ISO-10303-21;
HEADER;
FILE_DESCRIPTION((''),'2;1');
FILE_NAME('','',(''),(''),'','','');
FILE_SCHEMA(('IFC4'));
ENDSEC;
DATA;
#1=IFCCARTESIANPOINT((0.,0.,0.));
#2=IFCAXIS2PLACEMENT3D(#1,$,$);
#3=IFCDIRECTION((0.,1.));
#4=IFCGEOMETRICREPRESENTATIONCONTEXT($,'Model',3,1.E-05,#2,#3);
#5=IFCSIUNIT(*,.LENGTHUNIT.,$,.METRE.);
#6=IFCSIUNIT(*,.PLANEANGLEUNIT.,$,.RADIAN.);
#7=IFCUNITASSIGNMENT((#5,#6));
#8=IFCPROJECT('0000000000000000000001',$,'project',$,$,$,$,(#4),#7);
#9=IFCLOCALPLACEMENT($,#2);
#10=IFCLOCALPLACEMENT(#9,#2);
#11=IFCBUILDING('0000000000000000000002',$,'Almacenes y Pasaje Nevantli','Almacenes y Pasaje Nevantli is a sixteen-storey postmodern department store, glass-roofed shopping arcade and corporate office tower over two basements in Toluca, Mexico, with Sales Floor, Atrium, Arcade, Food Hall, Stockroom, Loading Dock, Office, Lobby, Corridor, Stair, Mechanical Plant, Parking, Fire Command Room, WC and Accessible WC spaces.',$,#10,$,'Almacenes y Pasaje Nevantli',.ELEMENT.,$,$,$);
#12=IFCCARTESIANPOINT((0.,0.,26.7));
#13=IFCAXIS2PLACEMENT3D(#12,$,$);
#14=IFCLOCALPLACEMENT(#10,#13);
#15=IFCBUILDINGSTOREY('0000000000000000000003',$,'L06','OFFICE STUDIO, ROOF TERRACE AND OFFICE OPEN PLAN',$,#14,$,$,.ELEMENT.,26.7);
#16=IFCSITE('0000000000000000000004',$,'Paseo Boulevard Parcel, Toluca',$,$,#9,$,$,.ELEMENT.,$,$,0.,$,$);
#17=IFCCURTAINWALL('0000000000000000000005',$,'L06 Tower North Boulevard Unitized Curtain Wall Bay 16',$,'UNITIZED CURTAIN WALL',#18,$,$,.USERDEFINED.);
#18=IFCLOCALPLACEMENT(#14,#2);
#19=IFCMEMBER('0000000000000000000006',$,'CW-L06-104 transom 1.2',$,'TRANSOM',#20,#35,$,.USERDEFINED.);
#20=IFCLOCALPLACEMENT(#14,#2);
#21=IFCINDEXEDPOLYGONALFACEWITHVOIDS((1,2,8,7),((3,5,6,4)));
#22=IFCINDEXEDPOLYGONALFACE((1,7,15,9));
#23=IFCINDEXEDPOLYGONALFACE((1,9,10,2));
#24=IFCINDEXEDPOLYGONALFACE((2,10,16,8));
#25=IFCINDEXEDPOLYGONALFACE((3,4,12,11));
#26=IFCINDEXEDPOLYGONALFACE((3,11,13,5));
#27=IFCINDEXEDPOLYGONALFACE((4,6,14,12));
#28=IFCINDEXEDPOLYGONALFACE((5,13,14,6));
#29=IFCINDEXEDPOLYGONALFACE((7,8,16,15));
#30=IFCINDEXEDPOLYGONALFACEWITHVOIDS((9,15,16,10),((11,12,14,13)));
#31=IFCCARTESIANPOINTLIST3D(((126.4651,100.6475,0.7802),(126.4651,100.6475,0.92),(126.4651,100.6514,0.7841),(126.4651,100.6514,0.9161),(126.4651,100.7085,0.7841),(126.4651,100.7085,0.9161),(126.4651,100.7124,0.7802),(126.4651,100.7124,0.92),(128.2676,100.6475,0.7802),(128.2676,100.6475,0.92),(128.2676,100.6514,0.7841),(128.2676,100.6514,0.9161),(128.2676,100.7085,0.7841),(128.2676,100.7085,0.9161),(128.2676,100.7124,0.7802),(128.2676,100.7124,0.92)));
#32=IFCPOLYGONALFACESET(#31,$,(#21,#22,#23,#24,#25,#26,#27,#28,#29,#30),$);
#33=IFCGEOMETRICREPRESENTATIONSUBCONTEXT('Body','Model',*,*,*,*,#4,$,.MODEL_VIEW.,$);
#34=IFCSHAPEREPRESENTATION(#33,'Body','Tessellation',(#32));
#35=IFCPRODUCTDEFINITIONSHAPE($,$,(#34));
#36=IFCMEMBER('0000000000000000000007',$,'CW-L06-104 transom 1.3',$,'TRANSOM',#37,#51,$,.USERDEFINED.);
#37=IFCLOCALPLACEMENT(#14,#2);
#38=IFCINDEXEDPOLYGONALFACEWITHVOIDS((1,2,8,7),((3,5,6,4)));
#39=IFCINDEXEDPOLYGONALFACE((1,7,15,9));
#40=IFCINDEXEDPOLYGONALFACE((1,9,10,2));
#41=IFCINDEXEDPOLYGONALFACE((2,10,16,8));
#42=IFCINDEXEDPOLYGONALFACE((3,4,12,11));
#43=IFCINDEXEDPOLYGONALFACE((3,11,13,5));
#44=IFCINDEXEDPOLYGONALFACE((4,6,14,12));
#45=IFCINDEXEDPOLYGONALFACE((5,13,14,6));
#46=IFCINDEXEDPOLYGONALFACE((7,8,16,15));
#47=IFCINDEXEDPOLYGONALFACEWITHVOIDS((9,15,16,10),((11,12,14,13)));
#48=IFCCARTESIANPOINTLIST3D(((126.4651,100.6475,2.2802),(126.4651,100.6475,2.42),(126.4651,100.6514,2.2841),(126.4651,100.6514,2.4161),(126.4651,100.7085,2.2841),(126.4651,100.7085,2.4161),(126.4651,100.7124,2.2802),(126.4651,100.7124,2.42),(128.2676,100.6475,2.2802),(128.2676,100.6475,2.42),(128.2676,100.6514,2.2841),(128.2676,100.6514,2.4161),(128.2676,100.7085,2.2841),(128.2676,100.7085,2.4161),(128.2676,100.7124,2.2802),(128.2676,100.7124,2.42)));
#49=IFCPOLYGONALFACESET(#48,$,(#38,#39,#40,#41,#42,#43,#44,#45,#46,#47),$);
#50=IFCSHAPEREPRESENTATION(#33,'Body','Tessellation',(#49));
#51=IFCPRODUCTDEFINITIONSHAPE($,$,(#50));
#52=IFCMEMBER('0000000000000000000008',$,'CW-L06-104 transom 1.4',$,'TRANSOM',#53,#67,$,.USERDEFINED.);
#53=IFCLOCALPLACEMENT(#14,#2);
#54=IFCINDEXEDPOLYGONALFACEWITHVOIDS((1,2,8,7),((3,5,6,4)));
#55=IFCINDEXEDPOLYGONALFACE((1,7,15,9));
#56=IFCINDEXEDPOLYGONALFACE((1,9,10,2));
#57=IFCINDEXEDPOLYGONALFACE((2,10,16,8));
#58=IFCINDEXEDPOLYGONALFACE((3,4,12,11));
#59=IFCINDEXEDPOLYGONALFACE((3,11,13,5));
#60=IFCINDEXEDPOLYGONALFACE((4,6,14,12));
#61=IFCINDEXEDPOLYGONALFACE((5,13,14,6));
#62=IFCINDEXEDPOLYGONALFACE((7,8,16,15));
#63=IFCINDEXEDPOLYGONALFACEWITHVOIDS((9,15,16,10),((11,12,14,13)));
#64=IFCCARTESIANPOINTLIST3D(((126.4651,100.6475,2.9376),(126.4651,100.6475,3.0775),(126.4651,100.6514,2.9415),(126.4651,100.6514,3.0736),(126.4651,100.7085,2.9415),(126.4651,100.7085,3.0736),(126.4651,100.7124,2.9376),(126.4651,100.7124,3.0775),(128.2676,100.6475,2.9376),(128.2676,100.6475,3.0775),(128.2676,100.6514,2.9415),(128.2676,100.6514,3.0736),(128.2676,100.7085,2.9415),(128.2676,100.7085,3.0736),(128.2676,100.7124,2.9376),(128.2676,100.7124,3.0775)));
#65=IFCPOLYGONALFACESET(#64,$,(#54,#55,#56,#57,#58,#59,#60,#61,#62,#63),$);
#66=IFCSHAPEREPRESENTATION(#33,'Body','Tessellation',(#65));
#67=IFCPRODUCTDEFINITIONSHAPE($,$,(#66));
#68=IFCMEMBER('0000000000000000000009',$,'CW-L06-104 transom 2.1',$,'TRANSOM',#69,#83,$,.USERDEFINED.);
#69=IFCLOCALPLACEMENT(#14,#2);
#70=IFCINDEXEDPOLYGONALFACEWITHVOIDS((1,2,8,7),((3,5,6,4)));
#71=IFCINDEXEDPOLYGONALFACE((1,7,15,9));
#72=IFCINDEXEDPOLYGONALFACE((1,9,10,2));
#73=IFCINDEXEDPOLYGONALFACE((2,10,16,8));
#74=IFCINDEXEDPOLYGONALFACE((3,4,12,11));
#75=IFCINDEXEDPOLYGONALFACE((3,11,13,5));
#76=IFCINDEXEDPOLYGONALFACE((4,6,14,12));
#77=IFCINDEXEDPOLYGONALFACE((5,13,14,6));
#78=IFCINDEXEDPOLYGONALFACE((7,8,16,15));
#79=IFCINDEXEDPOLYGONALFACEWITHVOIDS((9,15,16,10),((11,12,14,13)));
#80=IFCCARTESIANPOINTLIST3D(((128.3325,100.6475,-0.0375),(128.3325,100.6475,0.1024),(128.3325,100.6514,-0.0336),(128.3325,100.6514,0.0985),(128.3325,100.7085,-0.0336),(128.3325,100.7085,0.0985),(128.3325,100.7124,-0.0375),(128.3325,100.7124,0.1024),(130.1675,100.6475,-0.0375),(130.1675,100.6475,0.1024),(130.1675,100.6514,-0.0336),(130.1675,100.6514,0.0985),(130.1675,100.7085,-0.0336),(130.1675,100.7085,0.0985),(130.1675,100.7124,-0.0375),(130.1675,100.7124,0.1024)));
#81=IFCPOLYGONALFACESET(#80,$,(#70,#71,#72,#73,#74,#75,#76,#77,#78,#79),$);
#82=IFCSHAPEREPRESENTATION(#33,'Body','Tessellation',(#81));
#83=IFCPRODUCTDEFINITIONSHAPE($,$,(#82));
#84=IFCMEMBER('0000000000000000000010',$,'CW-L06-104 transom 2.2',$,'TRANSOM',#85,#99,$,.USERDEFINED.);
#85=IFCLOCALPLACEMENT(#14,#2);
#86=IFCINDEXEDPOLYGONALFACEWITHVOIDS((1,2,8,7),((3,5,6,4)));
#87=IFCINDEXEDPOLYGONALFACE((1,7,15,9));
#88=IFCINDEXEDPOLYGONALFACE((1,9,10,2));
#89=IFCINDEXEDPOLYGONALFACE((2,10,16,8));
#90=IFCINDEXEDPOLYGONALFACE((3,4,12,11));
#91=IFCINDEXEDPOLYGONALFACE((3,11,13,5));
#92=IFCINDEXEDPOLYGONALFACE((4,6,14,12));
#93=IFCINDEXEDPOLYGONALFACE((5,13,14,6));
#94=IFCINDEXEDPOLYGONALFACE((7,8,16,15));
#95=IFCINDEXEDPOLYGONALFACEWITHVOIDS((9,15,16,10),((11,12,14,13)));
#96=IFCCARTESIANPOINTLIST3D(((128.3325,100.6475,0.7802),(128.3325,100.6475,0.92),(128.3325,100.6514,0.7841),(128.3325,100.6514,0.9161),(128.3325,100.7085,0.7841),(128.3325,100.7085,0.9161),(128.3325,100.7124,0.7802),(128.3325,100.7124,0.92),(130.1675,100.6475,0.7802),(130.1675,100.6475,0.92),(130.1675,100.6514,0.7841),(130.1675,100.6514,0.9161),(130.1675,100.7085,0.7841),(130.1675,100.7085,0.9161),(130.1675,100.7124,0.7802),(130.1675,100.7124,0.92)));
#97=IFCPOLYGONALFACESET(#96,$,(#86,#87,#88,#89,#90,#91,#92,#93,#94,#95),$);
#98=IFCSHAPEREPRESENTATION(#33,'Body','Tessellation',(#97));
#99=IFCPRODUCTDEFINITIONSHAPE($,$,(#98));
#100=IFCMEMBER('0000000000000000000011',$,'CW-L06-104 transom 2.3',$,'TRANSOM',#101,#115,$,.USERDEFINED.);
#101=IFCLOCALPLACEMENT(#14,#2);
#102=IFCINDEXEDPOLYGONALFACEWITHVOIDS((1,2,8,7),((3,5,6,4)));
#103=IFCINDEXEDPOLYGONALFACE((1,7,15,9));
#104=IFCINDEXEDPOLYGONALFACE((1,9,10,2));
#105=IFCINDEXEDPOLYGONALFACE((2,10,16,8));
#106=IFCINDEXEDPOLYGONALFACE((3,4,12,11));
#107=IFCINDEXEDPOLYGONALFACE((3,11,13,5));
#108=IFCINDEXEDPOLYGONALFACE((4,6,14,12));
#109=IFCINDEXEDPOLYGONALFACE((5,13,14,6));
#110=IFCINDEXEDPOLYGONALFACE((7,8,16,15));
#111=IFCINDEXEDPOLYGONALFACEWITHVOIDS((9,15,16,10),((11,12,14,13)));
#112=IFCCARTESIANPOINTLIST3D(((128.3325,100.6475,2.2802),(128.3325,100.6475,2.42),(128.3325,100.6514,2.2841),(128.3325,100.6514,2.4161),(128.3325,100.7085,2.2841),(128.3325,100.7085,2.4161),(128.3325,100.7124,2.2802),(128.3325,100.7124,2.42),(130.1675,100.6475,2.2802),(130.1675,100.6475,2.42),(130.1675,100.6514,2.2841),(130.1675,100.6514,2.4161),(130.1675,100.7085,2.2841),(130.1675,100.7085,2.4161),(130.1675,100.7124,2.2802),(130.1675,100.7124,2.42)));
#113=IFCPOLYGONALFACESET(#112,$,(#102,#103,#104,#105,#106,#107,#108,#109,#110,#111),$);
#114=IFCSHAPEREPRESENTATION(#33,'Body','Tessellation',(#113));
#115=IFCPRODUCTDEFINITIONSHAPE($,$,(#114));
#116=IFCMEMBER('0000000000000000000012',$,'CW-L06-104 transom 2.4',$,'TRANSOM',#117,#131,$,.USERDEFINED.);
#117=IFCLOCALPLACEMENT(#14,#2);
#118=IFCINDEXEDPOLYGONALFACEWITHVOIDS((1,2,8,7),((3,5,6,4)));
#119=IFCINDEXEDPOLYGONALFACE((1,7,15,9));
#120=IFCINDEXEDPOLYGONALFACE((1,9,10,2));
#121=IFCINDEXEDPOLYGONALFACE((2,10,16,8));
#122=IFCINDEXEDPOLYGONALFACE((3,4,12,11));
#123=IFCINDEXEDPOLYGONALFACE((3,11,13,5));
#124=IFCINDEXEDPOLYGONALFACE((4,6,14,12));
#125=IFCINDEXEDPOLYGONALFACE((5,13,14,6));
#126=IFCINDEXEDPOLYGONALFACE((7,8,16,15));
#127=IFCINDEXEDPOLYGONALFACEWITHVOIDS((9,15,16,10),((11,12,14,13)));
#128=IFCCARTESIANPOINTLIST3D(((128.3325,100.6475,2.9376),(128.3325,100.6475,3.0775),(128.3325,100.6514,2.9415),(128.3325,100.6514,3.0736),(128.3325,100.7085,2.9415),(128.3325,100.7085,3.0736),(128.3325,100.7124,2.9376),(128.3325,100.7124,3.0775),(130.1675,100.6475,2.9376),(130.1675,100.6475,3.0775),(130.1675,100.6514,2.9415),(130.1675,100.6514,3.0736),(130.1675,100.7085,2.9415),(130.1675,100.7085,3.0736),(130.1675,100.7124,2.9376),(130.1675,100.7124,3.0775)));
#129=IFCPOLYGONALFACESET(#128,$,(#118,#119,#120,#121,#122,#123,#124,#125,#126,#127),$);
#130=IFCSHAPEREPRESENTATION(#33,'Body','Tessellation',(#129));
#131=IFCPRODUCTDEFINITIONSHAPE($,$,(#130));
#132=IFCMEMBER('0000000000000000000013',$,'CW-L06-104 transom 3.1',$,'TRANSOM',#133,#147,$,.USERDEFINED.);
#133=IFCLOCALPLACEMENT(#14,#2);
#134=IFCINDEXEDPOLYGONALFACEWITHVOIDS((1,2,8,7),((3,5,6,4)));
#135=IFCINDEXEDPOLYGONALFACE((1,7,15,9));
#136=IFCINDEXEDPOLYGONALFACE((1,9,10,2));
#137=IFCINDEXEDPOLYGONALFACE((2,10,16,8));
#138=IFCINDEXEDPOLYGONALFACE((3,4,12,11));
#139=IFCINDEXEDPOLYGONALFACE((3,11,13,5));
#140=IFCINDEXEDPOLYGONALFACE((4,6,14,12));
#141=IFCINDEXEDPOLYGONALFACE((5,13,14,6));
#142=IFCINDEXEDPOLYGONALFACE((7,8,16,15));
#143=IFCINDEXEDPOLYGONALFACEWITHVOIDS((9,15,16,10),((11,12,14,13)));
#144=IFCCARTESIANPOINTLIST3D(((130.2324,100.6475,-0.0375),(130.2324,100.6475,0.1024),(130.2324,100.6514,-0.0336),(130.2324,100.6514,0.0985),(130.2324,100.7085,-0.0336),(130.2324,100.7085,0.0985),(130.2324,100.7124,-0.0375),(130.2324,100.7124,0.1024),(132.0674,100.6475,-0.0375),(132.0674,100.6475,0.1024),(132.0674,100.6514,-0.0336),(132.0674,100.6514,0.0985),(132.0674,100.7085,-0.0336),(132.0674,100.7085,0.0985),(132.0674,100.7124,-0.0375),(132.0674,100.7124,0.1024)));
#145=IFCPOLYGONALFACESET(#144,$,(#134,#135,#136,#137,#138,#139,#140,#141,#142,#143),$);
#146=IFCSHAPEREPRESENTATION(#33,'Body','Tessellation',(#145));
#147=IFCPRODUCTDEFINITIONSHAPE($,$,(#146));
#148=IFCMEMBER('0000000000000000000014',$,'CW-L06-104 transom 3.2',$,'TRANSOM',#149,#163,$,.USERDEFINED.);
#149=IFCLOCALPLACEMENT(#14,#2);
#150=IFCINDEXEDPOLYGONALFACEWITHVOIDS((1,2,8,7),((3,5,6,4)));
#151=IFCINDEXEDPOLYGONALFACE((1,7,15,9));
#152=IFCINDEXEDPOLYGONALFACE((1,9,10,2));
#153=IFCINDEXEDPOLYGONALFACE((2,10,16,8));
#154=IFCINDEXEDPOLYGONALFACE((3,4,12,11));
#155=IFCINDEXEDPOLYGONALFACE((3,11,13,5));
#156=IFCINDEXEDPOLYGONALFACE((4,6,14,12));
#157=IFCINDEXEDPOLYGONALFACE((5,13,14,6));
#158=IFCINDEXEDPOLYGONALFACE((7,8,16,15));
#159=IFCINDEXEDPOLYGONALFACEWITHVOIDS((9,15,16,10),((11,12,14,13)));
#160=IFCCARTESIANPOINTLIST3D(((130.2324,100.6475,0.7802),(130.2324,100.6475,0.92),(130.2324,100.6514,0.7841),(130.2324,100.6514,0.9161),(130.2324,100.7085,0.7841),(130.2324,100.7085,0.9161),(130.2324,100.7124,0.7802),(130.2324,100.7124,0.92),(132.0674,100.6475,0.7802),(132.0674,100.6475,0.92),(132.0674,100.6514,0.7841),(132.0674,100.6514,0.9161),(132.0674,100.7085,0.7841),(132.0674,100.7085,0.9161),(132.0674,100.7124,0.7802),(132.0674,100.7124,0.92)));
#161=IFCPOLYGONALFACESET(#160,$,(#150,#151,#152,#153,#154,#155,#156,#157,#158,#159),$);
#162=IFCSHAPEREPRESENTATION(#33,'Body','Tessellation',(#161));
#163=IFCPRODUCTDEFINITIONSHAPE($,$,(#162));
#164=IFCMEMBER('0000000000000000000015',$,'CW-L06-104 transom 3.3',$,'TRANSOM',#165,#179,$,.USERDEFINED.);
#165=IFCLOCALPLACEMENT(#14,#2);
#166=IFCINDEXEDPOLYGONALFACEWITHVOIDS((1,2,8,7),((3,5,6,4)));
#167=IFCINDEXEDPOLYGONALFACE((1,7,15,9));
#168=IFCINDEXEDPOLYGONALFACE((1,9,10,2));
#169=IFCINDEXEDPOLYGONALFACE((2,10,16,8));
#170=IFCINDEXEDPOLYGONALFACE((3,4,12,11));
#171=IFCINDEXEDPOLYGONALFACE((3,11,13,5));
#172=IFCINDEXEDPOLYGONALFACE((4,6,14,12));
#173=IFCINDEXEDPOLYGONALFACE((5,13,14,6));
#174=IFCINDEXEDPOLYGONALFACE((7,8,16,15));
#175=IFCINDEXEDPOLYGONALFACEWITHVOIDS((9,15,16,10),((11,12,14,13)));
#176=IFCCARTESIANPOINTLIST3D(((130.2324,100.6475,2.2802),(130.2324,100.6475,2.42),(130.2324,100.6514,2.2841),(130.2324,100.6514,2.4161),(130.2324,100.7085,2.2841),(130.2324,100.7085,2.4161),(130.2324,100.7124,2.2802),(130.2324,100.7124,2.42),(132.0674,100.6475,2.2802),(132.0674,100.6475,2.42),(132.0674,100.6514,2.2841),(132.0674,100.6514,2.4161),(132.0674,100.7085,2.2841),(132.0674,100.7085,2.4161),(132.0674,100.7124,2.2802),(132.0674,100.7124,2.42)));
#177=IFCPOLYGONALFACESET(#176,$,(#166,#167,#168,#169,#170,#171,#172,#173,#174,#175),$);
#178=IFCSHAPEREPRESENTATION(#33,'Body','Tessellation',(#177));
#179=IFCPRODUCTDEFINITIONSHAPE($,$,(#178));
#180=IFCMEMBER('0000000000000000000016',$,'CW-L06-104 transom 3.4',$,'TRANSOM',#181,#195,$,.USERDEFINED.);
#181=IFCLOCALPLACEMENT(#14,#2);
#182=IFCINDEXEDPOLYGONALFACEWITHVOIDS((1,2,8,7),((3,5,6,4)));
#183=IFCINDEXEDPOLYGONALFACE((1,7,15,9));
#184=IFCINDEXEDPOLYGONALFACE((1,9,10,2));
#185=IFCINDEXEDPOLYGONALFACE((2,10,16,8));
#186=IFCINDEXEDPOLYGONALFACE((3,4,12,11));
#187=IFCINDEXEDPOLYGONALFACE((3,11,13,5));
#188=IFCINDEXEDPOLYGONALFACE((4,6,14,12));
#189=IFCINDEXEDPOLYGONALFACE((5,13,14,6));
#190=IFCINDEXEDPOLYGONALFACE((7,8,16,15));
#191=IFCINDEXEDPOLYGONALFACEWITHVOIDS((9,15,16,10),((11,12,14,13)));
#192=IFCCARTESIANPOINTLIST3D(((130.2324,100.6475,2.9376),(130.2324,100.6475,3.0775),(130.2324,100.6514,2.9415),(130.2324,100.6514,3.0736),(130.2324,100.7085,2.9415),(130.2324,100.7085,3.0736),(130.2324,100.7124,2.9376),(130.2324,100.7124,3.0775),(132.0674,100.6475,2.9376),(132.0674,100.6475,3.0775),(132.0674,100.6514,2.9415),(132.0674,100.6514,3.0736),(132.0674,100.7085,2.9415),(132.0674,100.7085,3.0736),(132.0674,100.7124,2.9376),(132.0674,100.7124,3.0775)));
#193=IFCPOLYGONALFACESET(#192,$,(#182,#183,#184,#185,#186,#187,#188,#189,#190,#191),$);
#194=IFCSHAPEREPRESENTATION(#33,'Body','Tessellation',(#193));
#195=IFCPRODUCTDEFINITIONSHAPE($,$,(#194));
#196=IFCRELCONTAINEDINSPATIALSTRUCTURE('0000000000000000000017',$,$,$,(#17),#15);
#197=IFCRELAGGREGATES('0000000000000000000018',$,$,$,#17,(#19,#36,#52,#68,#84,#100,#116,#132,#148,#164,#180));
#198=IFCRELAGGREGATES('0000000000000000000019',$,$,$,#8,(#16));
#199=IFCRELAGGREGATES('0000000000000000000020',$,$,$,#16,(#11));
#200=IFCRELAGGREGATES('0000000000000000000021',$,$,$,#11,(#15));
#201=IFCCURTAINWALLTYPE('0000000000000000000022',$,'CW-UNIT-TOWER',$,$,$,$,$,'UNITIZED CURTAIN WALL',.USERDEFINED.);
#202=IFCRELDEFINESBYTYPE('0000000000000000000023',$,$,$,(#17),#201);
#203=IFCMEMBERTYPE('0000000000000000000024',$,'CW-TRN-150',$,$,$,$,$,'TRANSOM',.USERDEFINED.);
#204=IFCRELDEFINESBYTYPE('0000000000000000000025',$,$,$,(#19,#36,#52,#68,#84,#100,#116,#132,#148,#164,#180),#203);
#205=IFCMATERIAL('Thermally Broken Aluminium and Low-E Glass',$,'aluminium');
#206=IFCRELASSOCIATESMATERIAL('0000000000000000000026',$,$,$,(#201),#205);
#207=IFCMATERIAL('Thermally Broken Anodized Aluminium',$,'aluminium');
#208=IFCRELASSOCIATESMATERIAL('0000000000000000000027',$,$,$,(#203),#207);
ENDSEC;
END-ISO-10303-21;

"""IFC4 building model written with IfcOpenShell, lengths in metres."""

from ifc_helpers import new_model, si_unit, direction, frame, origin, origin_2d, place, context, subcontext, project, spatial, hollow_rectangle, extrude, material, material_profile, profile_set, type_object, element, aggregate, save


model = new_model("IFC4")

# Units and contexts
model_context = context("Model", 3, precision=1e-05, world=origin(), true_north=direction((0.0, 1.0)))
body_context = subcontext(model_context, "Body", "Model", "MODEL_VIEW")
ifc_project = project(units=[si_unit("LENGTHUNIT", "METRE"), si_unit("PLANEANGLEUNIT", "RADIAN")], contexts=[model_context])

# Site, building, storey
site_placement = place(None, origin())
site = spatial("IfcSite", under=ifc_project, at=site_placement, Name="Paseo Boulevard Parcel, Toluca", CompositionType="ELEMENT", RefElevation=0.0)
building_placement = place(site_placement, origin())
building = spatial("IfcBuilding", under=site, at=building_placement, Name="Almacenes y Pasaje Nevantli", Description="Almacenes y Pasaje Nevantli is a sixteen-storey postmodern department store, glass-roofed shopping arcade and corporate office tower over two basements in Toluca, Mexico, with Sales Floor, Atrium, Arcade, Food Hall, Stockroom, Loading Dock, Office, Lobby, Corridor, Stair, Mechanical Plant, Parking, Fire Command Room, WC and Accessible WC spaces.", LongName="Almacenes y Pasaje Nevantli", CompositionType="ELEMENT")
storey_placement = place(building_placement, frame((0.0, 0.0, 26.7)))
storey = spatial("IfcBuildingStorey", under=building, at=storey_placement, Name="L06", Description="OFFICE STUDIO, ROOF TERRACE AND OFFICE OPEN PLAN", CompositionType="ELEMENT", Elevation=26.7)

# Shared definitions
ifc_material_1 = material(Name="Thermally Broken Aluminium and Low-E Glass", Category="aluminium")
curtain_wall_type = type_object("IfcCurtainWallType", Name="CW-UNIT-TOWER", ElementType="UNITIZED CURTAIN WALL", PredefinedType="USERDEFINED", material=ifc_material_1)

# Curtain wall, members
curtain_wall_1_placement = place(storey_placement, origin())
curtain_wall_1 = element("IfcCurtainWall", 1, at=curtain_wall_1_placement, inside=storey, type_object=curtain_wall_type, Name="L06 Tower North Boulevard Unitized Curtain Wall Bay 16", ObjectType="UNITIZED CURTAIN WALL", PredefinedType="USERDEFINED")
ifc_material_2 = material(Name="Thermally Broken Anodized Aluminium", Category="aluminium")
ifc_material_profile_1 = material_profile(ifc_material_2, hollow_rectangle(XDim=0.0649, YDim=0.1399, WallThickness=0.0039, at=origin_2d()), Name="ALU-TRN-65x140")
ifc_profile_set_1 = profile_set([ifc_material_profile_1], Name="Thermally Broken Anodized Aluminium")
member_type_1 = type_object("IfcMemberType", Name="CW-TRN-150", ElementType="TRANSOM", PredefinedType="USERDEFINED", material=ifc_profile_set_1)
member_1_placement = place(storey_placement, frame((126.4651, 100.6799, 0.8501), z_axis=(1.0, 0.0, 0.0), x_axis=(0.0, 1.0, 0.0)))
member_1 = element("IfcMember", 2, at=member_1_placement, type_object=member_type_1, Name="CW-L06-104 transom 1.2", ObjectType="TRANSOM", PredefinedType="USERDEFINED", context=body_context, shape_type="SweptSolid", body=[
    extrude(hollow_rectangle(XDim=0.0649, YDim=0.1399, WallThickness=0.0039, at=origin_2d()), origin(), (0.0, 0.0, 1.0), 1.8025),
])
member_2_placement = place(storey_placement, frame((126.4651, 100.6799, 2.3501), z_axis=(1.0, 0.0, 0.0), x_axis=(0.0, 1.0, 0.0)))
member_2 = element("IfcMember", 3, at=member_2_placement, type_object=member_type_1, Name="CW-L06-104 transom 1.3", ObjectType="TRANSOM", PredefinedType="USERDEFINED", context=body_context, shape_type="SweptSolid", body=[
    extrude(hollow_rectangle(XDim=0.0649, YDim=0.1399, WallThickness=0.0039, at=origin_2d()), origin(), (0.0, 0.0, 1.0), 1.8025),
])
member_3_placement = place(storey_placement, frame((126.4651, 100.6799, 3.0076), z_axis=(1.0, 0.0, 0.0), x_axis=(0.0, 1.0, 0.0)))
member_3 = element("IfcMember", 4, at=member_3_placement, type_object=member_type_1, Name="CW-L06-104 transom 1.4", ObjectType="TRANSOM", PredefinedType="USERDEFINED", context=body_context, shape_type="SweptSolid", body=[
    extrude(hollow_rectangle(XDim=0.0649, YDim=0.1399, WallThickness=0.0039, at=origin_2d()), origin(), (0.0, 0.0, 1.0), 1.8025),
])
member_4_placement = place(storey_placement, frame((128.3325, 100.6799, 0.0325), z_axis=(1.0, 0.0, 0.0), x_axis=(0.0, 1.0, 0.0)))
member_4 = element("IfcMember", 5, at=member_4_placement, type_object=member_type_1, Name="CW-L06-104 transom 2.1", ObjectType="TRANSOM", PredefinedType="USERDEFINED", context=body_context, shape_type="SweptSolid", body=[
    extrude(hollow_rectangle(XDim=0.0649, YDim=0.1399, WallThickness=0.0039, at=origin_2d()), origin(), (0.0, 0.0, 1.0), 1.835),
])
member_5_placement = place(storey_placement, frame((128.3325, 100.6799, 0.8501), z_axis=(1.0, 0.0, 0.0), x_axis=(0.0, 1.0, 0.0)))
member_5 = element("IfcMember", 6, at=member_5_placement, type_object=member_type_1, Name="CW-L06-104 transom 2.2", ObjectType="TRANSOM", PredefinedType="USERDEFINED", context=body_context, shape_type="SweptSolid", body=[
    extrude(hollow_rectangle(XDim=0.0649, YDim=0.1399, WallThickness=0.0039, at=origin_2d()), origin(), (0.0, 0.0, 1.0), 1.835),
])
member_6_placement = place(storey_placement, frame((128.3325, 100.6799, 2.3501), z_axis=(1.0, 0.0, 0.0), x_axis=(0.0, 1.0, 0.0)))
member_6 = element("IfcMember", 7, at=member_6_placement, type_object=member_type_1, Name="CW-L06-104 transom 2.3", ObjectType="TRANSOM", PredefinedType="USERDEFINED", context=body_context, shape_type="SweptSolid", body=[
    extrude(hollow_rectangle(XDim=0.0649, YDim=0.1399, WallThickness=0.0039, at=origin_2d()), origin(), (0.0, 0.0, 1.0), 1.835),
])
member_7_placement = place(storey_placement, frame((128.3325, 100.6799, 3.0076), z_axis=(1.0, 0.0, 0.0), x_axis=(0.0, 1.0, 0.0)))
member_7 = element("IfcMember", 8, at=member_7_placement, type_object=member_type_1, Name="CW-L06-104 transom 2.4", ObjectType="TRANSOM", PredefinedType="USERDEFINED", context=body_context, shape_type="SweptSolid", body=[
    extrude(hollow_rectangle(XDim=0.0649, YDim=0.1399, WallThickness=0.0039, at=origin_2d()), origin(), (0.0, 0.0, 1.0), 1.835),
])
member_8_placement = place(storey_placement, frame((130.2324, 100.6799, 0.0325), z_axis=(1.0, 0.0, 0.0), x_axis=(0.0, 1.0, 0.0)))
member_8 = element("IfcMember", 9, at=member_8_placement, type_object=member_type_1, Name="CW-L06-104 transom 3.1", ObjectType="TRANSOM", PredefinedType="USERDEFINED", context=body_context, shape_type="SweptSolid", body=[
    extrude(hollow_rectangle(XDim=0.0649, YDim=0.1399, WallThickness=0.0039, at=origin_2d()), origin(), (0.0, 0.0, 1.0), 1.835),
])
member_9_placement = place(storey_placement, frame((130.2324, 100.6799, 0.8501), z_axis=(1.0, 0.0, 0.0), x_axis=(0.0, 1.0, 0.0)))
member_9 = element("IfcMember", 10, at=member_9_placement, type_object=member_type_1, Name="CW-L06-104 transom 3.2", ObjectType="TRANSOM", PredefinedType="USERDEFINED", context=body_context, shape_type="SweptSolid", body=[
    extrude(hollow_rectangle(XDim=0.0649, YDim=0.1399, WallThickness=0.0039, at=origin_2d()), origin(), (0.0, 0.0, 1.0), 1.835),
])
member_10_placement = place(storey_placement, frame((130.2324, 100.6799, 2.3501), z_axis=(1.0, 0.0, 0.0), x_axis=(0.0, 1.0, 0.0)))
member_10 = element("IfcMember", 11, at=member_10_placement, type_object=member_type_1, Name="CW-L06-104 transom 3.3", ObjectType="TRANSOM", PredefinedType="USERDEFINED", context=body_context, shape_type="SweptSolid", body=[
    extrude(hollow_rectangle(XDim=0.0649, YDim=0.1399, WallThickness=0.0039, at=origin_2d()), origin(), (0.0, 0.0, 1.0), 1.835),
])
member_11_placement = place(storey_placement, frame((130.2324, 100.6799, 3.0076), z_axis=(1.0, 0.0, 0.0), x_axis=(0.0, 1.0, 0.0)))
member_11 = element("IfcMember", 12, at=member_11_placement, type_object=member_type_1, Name="CW-L06-104 transom 3.4", ObjectType="TRANSOM", PredefinedType="USERDEFINED", context=body_context, shape_type="SweptSolid", body=[
    extrude(hollow_rectangle(XDim=0.0649, YDim=0.1399, WallThickness=0.0039, at=origin_2d()), origin(), (0.0, 0.0, 1.0), 1.835),
])

aggregate(curtain_wall_1, [member_1, member_2, member_3, member_4, member_5, member_6, member_7, member_8, member_9, member_10, member_11])

save(model, "model.ifc")
